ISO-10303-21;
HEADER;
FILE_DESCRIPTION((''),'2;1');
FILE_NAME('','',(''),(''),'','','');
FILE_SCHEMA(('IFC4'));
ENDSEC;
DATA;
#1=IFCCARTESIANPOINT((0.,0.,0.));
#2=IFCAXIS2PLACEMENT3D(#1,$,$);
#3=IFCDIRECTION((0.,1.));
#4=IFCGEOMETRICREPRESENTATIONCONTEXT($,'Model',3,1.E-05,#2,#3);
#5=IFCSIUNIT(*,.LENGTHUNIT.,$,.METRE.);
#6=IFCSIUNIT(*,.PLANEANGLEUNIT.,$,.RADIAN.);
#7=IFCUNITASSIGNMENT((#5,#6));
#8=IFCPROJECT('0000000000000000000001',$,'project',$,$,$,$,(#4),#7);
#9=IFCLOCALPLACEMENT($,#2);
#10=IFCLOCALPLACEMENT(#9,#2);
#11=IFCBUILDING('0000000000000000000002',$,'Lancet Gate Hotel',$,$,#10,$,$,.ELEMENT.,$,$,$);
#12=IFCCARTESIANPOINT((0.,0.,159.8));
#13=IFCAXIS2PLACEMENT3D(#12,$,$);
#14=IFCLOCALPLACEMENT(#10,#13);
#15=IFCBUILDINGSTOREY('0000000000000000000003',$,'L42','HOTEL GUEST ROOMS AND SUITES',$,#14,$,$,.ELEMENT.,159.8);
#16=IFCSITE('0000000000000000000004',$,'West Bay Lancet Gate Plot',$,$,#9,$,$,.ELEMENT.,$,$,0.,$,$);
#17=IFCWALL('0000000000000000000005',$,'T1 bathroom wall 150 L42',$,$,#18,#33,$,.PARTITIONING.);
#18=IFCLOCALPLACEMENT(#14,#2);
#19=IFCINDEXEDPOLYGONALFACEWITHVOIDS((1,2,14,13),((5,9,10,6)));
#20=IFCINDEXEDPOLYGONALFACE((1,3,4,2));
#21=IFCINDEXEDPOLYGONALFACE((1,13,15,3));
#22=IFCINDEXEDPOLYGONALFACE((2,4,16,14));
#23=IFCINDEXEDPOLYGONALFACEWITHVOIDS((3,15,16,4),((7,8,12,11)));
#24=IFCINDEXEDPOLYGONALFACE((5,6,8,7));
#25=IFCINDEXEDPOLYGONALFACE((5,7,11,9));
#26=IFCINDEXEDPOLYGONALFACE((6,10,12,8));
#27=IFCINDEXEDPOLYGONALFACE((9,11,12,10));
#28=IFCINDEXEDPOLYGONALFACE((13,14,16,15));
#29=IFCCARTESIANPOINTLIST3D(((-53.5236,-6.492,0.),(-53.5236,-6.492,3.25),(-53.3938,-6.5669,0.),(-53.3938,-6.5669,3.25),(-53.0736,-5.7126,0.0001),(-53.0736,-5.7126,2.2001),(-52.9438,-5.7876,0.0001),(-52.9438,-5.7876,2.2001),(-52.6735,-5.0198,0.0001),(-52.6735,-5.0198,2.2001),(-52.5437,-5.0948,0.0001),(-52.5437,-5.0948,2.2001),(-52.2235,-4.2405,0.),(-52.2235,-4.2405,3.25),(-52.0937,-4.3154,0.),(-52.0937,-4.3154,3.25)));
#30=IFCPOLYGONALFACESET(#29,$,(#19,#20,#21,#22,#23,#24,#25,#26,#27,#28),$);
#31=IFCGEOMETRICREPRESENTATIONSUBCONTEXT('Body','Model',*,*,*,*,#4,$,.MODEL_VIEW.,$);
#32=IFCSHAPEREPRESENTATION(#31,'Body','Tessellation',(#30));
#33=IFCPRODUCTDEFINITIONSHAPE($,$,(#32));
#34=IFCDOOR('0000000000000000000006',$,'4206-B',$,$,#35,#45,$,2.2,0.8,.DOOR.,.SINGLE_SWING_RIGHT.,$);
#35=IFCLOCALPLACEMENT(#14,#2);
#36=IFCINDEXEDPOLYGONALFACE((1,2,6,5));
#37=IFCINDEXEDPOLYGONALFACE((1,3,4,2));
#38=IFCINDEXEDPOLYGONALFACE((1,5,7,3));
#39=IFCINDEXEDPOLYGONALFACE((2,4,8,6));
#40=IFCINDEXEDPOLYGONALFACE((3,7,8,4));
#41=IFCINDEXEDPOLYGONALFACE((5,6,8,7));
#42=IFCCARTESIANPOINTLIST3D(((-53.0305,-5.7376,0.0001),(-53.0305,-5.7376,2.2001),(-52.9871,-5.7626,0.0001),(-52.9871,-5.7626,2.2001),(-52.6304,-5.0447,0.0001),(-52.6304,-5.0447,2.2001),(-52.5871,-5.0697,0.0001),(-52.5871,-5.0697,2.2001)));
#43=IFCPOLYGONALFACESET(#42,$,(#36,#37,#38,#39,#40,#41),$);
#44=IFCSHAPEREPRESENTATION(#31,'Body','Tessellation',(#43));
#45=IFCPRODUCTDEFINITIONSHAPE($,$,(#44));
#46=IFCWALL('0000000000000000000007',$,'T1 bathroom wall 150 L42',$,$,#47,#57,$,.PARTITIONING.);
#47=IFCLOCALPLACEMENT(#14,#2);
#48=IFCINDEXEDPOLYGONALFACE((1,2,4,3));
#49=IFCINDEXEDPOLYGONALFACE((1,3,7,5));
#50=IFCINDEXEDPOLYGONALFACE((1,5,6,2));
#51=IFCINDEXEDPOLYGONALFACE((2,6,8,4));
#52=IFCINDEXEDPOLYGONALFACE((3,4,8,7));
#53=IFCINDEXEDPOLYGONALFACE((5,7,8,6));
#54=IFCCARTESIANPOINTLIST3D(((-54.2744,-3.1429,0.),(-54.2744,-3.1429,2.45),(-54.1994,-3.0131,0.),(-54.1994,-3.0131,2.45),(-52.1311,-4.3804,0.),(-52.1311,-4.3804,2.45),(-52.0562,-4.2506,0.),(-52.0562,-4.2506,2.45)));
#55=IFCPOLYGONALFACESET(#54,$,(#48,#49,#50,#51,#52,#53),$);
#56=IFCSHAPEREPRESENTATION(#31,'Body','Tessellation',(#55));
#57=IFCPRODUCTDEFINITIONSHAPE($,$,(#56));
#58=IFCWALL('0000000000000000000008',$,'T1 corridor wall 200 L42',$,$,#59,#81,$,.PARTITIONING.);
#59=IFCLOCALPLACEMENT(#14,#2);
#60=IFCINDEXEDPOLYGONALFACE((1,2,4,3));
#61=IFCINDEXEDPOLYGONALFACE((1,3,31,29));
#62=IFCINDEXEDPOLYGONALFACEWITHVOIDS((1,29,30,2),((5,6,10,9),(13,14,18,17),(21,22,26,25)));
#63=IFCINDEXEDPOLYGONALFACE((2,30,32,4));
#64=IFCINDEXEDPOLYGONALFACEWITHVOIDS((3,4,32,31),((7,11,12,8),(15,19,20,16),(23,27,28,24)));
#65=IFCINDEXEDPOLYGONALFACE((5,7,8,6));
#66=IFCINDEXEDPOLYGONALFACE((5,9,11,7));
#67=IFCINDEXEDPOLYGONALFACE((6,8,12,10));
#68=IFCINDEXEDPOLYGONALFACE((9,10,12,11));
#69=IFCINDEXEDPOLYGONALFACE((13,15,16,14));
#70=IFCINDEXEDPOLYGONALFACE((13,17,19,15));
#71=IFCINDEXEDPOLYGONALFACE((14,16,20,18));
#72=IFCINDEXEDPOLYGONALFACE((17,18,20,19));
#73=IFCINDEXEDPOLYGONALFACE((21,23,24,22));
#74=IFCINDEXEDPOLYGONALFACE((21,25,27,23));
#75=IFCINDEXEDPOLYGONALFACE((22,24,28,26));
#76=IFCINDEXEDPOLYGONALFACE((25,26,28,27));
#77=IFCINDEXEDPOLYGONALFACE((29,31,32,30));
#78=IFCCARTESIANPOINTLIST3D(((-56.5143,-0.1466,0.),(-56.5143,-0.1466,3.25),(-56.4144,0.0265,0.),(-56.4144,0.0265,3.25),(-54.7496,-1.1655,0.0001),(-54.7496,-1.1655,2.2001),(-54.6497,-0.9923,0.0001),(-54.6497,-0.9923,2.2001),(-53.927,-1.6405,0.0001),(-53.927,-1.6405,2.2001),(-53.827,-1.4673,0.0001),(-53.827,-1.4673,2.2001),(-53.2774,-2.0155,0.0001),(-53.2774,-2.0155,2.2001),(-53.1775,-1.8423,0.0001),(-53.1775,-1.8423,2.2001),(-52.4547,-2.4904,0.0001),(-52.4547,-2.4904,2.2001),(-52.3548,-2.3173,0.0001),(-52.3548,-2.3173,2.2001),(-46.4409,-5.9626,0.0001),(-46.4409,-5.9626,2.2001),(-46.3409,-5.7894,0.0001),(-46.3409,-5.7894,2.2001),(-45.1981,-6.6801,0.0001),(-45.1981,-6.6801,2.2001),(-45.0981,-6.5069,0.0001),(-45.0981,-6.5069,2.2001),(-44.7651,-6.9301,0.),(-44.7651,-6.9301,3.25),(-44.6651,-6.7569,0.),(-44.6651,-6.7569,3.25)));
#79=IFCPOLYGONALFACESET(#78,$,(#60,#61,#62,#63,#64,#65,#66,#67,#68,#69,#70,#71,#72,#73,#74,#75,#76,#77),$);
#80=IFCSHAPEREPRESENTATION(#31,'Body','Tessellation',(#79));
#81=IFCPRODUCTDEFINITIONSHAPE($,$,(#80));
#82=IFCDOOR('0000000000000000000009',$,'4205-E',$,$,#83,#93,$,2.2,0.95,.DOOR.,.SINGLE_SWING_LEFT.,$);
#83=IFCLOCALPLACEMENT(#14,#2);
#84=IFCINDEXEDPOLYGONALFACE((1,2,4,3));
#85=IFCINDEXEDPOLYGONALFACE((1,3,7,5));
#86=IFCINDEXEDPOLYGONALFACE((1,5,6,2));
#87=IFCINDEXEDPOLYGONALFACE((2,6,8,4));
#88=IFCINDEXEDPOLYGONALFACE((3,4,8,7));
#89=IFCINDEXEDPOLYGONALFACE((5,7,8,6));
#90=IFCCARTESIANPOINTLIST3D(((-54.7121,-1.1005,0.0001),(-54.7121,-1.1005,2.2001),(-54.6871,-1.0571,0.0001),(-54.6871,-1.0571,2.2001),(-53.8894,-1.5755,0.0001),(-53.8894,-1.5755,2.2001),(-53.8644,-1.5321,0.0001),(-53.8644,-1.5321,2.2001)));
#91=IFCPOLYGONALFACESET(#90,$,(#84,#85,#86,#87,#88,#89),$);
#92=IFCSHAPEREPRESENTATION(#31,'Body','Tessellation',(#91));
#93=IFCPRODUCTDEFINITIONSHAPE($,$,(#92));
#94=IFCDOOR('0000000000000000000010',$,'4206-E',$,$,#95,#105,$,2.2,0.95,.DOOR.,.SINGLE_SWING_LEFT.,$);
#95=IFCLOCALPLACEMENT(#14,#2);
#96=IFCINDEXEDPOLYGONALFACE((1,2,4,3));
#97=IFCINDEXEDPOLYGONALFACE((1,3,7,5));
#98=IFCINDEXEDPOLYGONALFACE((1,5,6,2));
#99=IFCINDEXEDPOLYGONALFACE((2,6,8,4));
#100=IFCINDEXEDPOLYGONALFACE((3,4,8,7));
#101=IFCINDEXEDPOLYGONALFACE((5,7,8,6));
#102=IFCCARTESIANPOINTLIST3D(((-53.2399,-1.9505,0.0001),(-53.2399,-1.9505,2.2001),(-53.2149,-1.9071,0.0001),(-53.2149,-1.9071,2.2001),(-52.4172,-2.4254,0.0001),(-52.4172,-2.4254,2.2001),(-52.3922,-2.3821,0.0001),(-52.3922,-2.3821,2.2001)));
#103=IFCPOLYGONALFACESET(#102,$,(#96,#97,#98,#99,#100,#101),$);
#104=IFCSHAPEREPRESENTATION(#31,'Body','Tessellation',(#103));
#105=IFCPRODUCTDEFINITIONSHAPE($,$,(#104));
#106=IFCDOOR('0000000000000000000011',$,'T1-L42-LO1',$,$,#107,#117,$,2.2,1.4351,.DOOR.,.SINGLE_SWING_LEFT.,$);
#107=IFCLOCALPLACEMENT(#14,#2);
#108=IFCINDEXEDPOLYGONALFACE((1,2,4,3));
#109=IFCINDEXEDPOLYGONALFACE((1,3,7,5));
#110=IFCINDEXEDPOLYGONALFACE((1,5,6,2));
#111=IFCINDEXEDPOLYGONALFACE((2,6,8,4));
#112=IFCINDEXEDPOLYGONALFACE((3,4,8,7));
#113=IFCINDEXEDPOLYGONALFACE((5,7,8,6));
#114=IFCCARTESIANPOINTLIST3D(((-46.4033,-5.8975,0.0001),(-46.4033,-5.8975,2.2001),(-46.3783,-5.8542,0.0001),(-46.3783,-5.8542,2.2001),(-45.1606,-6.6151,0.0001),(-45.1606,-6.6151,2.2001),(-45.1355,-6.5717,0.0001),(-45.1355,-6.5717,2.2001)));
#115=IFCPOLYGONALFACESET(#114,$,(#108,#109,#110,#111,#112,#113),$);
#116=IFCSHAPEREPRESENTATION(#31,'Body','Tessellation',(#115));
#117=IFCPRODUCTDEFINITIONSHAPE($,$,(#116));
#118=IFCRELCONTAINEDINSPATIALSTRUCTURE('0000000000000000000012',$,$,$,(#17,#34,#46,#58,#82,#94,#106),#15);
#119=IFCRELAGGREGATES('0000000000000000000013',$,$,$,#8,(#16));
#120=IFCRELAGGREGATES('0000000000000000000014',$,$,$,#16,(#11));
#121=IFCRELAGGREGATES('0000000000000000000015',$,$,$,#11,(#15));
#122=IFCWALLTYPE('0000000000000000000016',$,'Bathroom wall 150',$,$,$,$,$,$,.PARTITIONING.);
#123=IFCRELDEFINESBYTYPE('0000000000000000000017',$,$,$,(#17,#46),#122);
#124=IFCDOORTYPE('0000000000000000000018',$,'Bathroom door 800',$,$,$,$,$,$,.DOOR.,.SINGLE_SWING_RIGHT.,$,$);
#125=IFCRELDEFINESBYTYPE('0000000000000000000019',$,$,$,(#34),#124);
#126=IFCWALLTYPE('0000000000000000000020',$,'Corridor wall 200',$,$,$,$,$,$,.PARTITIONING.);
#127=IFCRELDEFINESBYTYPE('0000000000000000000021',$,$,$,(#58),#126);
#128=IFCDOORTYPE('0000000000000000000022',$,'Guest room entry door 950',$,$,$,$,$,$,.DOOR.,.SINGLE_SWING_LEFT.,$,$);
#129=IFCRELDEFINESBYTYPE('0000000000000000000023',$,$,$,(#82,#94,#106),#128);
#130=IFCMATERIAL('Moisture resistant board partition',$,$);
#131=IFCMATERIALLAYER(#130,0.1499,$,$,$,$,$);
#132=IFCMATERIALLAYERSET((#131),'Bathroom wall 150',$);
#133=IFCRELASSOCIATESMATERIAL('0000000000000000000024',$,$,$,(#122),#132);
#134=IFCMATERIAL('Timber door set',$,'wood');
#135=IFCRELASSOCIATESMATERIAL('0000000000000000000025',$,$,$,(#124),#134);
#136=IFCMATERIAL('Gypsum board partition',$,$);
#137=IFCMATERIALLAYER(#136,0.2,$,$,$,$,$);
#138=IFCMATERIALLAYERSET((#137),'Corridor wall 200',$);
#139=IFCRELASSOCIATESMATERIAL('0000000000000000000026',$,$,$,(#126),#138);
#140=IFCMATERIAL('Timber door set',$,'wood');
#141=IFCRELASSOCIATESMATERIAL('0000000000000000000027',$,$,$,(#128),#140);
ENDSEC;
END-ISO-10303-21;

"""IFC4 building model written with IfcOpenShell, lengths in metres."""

from ifc_helpers import new_model, si_unit, direction, frame, frame_2d, origin, place, context, subcontext, project, spatial, rectangle, extrude, material, layer, layer_set, type_object, element, fill, save


model = new_model("IFC4")

# Units and contexts
model_context = context("Model", 3, precision=1e-05, world=origin(), true_north=direction((0.0, 1.0)))
body_context = subcontext(model_context, "Body", "Model", "MODEL_VIEW")
ifc_project = project(units=[si_unit("LENGTHUNIT", "METRE"), si_unit("PLANEANGLEUNIT", "RADIAN")], contexts=[model_context])

# Site, building, storey
site_placement = place(None, origin())
site = spatial("IfcSite", under=ifc_project, at=site_placement, Name="West Bay Lancet Gate Plot", CompositionType="ELEMENT", RefElevation=0.0)
building_placement = place(site_placement, origin())
building = spatial("IfcBuilding", under=site, at=building_placement, Name="Lancet Gate Hotel", CompositionType="ELEMENT")
storey_placement = place(building_placement, frame((0.0, 0.0, 159.8)))
storey = spatial("IfcBuildingStorey", under=building, at=storey_placement, Name="L42", Description="HOTEL GUEST ROOMS AND SUITES", CompositionType="ELEMENT", Elevation=159.8)

# Wall, opening, door
ifc_material_1 = material(Name="Moisture resistant board partition")
ifc_layer_1 = layer(ifc_material_1, 0.1499)
ifc_layer_set_1 = layer_set([ifc_layer_1], Name="Bathroom wall 150")
wall_type_1 = type_object("IfcWallType", Name="Bathroom wall 150", PredefinedType="PARTITIONING", material=ifc_layer_set_1)
wall_1_placement = place(storey_placement, frame((-52.1587, -4.2781, 0.0), z_axis=(0.0, 0.0, 1.0), x_axis=(-0.500048, -0.865998, 0.0)))
wall_1 = element("IfcWall", 1, at=wall_1_placement, inside=storey, type_object=wall_type_1, Name="T1 bathroom wall 150 L42", PredefinedType="PARTITIONING", context=body_context, shape_type="SweptSolid", body=[
    extrude(rectangle(XDim=2.5999, YDim=0.1499, at=frame_2d((1.2998, 0.0))), origin(), (0.0, 0.0, 1.0), 3.25),
])
opening_1_placement = place(wall_1_placement, frame((0.8999, 0.0, 0.0)))
opening_1 = element("IfcOpeningElement", 2, at=opening_1_placement, cuts=wall_1, PredefinedType="OPENING", context=body_context, shape_type="SweptSolid", body=[
    extrude(rectangle(XDim=0.8, YDim=2.2, at=frame_2d((0.3999, 1.1001))), frame((0.0, 0.085, 0.0), z_axis=(0.0, -1.0, 0.0), x_axis=(1.0, 0.0, 0.0)), (0.0, 0.0, 1.0), 0.1699),
])
ifc_material_2 = material(Name="Timber door set", Category="wood")
door_type_1 = type_object("IfcDoorType", Name="Bathroom door 800", OperationType="SINGLE_SWING_RIGHT", PredefinedType="DOOR", material=ifc_material_2)
door_1_placement = place(opening_1_placement, origin())
door_1 = element("IfcDoor", 3, at=door_1_placement, inside=storey, type_object=door_type_1, Name="4206-B", OperationType="SINGLE_SWING_RIGHT", OverallHeight=2.2, OverallWidth=0.8, PredefinedType="DOOR", context=body_context, shape_type="SweptSolid", body=[
    extrude(rectangle(XDim=0.8, YDim=2.2, at=frame_2d((0.3999, 1.1001))), frame((0.0, 0.0249, 0.0), z_axis=(0.0, -1.0, 0.0), x_axis=(1.0, 0.0, 0.0)), (0.0, 0.0, 1.0), 0.05),
])
fill(opening_1, door_1)

# Wall
wall_2_placement = place(storey_placement, frame((-52.0938, -4.3154, 0.0), z_axis=(0.0, 0.0, 1.0), x_axis=(-0.866007, 0.500033, 0.0)))
element("IfcWall", 4, at=wall_2_placement, inside=storey, type_object=wall_type_1, Name="T1 bathroom wall 150 L42", PredefinedType="PARTITIONING", context=body_context, shape_type="SweptSolid", body=[
    extrude(rectangle(XDim=2.4749, YDim=0.1499, at=frame_2d((1.2373, 0.0))), origin(), (0.0, 0.0, 1.0), 2.45),
])

# Wall, openings, doors
ifc_material_3 = material(Name="Gypsum board partition")
ifc_layer_2 = layer(ifc_material_3, 0.2)
ifc_layer_set_2 = layer_set([ifc_layer_2], Name="Corridor wall 200")
wall_type_2 = type_object("IfcWallType", Name="Corridor wall 200", PredefinedType="PARTITIONING", material=ifc_layer_set_2)
wall_3_placement = place(storey_placement, frame((-44.7151, -6.8435, 0.0), z_axis=(0.0, 0.0, 1.0), x_axis=(-0.866025, 0.5, 0.0)))
wall_3 = element("IfcWall", 5, at=wall_3_placement, inside=storey, type_object=wall_type_2, Name="T1 corridor wall 200 L42", PredefinedType="PARTITIONING", context=body_context, shape_type="SweptSolid", body=[
    extrude(rectangle(XDim=13.5669, YDim=0.2, at=frame_2d((6.7834, 0.0))), origin(), (0.0, 0.0, 1.0), 3.25),
])
opening_2_placement = place(wall_3_placement, frame((10.5791, 0.0, 0.0)))
opening_2 = element("IfcOpeningElement", 6, at=opening_2_placement, cuts=wall_3, PredefinedType="OPENING", context=body_context, shape_type="SweptSolid", body=[
    extrude(rectangle(XDim=0.95, YDim=2.2, at=frame_2d((0.4751, 1.1001))), frame((0.0, 0.1099, 0.0), z_axis=(0.0, -1.0, 0.0), x_axis=(1.0, 0.0, 0.0)), (0.0, 0.0, 1.0), 0.22),
])
opening_3_placement = place(wall_3_placement, frame((8.8792, 0.0, 0.0)))
opening_3 = element("IfcOpeningElement", 7, at=opening_3_placement, cuts=wall_3, PredefinedType="OPENING", context=body_context, shape_type="SweptSolid", body=[
    extrude(rectangle(XDim=0.95, YDim=2.2, at=frame_2d((0.4751, 1.1001))), frame((0.0, 0.1099, 0.0), z_axis=(0.0, -1.0, 0.0), x_axis=(1.0, 0.0, 0.0)), (0.0, 0.0, 1.0), 0.22),
])
opening_4_placement = place(wall_3_placement, frame((0.5, 0.0, 0.0)))
opening_4 = element("IfcOpeningElement", 8, at=opening_4_placement, cuts=wall_3, PredefinedType="OPENING", context=body_context, shape_type="SweptSolid", body=[
    extrude(rectangle(XDim=1.4351, YDim=2.2, at=frame_2d((0.7175, 1.1001))), frame((0.0, 0.1099, 0.0), z_axis=(0.0, -1.0, 0.0), x_axis=(1.0, 0.0, 0.0)), (0.0, 0.0, 1.0), 0.22),
])
ifc_material_4 = material(Name="Timber door set", Category="wood")
door_type_2 = type_object("IfcDoorType", Name="Guest room entry door 950", OperationType="SINGLE_SWING_LEFT", PredefinedType="DOOR", material=ifc_material_4)
door_2_placement = place(opening_2_placement, origin())
door_2 = element("IfcDoor", 9, at=door_2_placement, inside=storey, type_object=door_type_2, Name="4205-E", OperationType="SINGLE_SWING_LEFT", OverallHeight=2.2, OverallWidth=0.95, PredefinedType="DOOR", context=body_context, shape_type="SweptSolid", body=[
    extrude(rectangle(XDim=0.95, YDim=2.2, at=frame_2d((0.4751, 1.1001))), frame((0.0, 0.0249, 0.0), z_axis=(0.0, -1.0, 0.0), x_axis=(1.0, 0.0, 0.0)), (0.0, 0.0, 1.0), 0.05),
])
fill(opening_2, door_2)
door_3_placement = place(opening_3_placement, origin())
door_3 = element("IfcDoor", 10, at=door_3_placement, inside=storey, type_object=door_type_2, Name="4206-E", OperationType="SINGLE_SWING_LEFT", OverallHeight=2.2, OverallWidth=0.95, PredefinedType="DOOR", context=body_context, shape_type="SweptSolid", body=[
    extrude(rectangle(XDim=0.95, YDim=2.2, at=frame_2d((0.4751, 1.1001))), frame((0.0, 0.0249, 0.0), z_axis=(0.0, -1.0, 0.0), x_axis=(1.0, 0.0, 0.0)), (0.0, 0.0, 1.0), 0.05),
])
fill(opening_3, door_3)
door_4_placement = place(opening_4_placement, origin())
door_4 = element("IfcDoor", 11, at=door_4_placement, inside=storey, type_object=door_type_2, Name="T1-L42-LO1", OperationType="SINGLE_SWING_LEFT", OverallHeight=2.2, OverallWidth=1.4351, PredefinedType="DOOR", context=body_context, shape_type="SweptSolid", body=[
    extrude(rectangle(XDim=1.4351, YDim=2.2, at=frame_2d((0.7175, 1.1001))), frame((0.0, 0.0249, 0.0), z_axis=(0.0, -1.0, 0.0), x_axis=(1.0, 0.0, 0.0)), (0.0, 0.0, 1.0), 0.05),
])
fill(opening_4, door_4)

save(model, "model.ifc")
